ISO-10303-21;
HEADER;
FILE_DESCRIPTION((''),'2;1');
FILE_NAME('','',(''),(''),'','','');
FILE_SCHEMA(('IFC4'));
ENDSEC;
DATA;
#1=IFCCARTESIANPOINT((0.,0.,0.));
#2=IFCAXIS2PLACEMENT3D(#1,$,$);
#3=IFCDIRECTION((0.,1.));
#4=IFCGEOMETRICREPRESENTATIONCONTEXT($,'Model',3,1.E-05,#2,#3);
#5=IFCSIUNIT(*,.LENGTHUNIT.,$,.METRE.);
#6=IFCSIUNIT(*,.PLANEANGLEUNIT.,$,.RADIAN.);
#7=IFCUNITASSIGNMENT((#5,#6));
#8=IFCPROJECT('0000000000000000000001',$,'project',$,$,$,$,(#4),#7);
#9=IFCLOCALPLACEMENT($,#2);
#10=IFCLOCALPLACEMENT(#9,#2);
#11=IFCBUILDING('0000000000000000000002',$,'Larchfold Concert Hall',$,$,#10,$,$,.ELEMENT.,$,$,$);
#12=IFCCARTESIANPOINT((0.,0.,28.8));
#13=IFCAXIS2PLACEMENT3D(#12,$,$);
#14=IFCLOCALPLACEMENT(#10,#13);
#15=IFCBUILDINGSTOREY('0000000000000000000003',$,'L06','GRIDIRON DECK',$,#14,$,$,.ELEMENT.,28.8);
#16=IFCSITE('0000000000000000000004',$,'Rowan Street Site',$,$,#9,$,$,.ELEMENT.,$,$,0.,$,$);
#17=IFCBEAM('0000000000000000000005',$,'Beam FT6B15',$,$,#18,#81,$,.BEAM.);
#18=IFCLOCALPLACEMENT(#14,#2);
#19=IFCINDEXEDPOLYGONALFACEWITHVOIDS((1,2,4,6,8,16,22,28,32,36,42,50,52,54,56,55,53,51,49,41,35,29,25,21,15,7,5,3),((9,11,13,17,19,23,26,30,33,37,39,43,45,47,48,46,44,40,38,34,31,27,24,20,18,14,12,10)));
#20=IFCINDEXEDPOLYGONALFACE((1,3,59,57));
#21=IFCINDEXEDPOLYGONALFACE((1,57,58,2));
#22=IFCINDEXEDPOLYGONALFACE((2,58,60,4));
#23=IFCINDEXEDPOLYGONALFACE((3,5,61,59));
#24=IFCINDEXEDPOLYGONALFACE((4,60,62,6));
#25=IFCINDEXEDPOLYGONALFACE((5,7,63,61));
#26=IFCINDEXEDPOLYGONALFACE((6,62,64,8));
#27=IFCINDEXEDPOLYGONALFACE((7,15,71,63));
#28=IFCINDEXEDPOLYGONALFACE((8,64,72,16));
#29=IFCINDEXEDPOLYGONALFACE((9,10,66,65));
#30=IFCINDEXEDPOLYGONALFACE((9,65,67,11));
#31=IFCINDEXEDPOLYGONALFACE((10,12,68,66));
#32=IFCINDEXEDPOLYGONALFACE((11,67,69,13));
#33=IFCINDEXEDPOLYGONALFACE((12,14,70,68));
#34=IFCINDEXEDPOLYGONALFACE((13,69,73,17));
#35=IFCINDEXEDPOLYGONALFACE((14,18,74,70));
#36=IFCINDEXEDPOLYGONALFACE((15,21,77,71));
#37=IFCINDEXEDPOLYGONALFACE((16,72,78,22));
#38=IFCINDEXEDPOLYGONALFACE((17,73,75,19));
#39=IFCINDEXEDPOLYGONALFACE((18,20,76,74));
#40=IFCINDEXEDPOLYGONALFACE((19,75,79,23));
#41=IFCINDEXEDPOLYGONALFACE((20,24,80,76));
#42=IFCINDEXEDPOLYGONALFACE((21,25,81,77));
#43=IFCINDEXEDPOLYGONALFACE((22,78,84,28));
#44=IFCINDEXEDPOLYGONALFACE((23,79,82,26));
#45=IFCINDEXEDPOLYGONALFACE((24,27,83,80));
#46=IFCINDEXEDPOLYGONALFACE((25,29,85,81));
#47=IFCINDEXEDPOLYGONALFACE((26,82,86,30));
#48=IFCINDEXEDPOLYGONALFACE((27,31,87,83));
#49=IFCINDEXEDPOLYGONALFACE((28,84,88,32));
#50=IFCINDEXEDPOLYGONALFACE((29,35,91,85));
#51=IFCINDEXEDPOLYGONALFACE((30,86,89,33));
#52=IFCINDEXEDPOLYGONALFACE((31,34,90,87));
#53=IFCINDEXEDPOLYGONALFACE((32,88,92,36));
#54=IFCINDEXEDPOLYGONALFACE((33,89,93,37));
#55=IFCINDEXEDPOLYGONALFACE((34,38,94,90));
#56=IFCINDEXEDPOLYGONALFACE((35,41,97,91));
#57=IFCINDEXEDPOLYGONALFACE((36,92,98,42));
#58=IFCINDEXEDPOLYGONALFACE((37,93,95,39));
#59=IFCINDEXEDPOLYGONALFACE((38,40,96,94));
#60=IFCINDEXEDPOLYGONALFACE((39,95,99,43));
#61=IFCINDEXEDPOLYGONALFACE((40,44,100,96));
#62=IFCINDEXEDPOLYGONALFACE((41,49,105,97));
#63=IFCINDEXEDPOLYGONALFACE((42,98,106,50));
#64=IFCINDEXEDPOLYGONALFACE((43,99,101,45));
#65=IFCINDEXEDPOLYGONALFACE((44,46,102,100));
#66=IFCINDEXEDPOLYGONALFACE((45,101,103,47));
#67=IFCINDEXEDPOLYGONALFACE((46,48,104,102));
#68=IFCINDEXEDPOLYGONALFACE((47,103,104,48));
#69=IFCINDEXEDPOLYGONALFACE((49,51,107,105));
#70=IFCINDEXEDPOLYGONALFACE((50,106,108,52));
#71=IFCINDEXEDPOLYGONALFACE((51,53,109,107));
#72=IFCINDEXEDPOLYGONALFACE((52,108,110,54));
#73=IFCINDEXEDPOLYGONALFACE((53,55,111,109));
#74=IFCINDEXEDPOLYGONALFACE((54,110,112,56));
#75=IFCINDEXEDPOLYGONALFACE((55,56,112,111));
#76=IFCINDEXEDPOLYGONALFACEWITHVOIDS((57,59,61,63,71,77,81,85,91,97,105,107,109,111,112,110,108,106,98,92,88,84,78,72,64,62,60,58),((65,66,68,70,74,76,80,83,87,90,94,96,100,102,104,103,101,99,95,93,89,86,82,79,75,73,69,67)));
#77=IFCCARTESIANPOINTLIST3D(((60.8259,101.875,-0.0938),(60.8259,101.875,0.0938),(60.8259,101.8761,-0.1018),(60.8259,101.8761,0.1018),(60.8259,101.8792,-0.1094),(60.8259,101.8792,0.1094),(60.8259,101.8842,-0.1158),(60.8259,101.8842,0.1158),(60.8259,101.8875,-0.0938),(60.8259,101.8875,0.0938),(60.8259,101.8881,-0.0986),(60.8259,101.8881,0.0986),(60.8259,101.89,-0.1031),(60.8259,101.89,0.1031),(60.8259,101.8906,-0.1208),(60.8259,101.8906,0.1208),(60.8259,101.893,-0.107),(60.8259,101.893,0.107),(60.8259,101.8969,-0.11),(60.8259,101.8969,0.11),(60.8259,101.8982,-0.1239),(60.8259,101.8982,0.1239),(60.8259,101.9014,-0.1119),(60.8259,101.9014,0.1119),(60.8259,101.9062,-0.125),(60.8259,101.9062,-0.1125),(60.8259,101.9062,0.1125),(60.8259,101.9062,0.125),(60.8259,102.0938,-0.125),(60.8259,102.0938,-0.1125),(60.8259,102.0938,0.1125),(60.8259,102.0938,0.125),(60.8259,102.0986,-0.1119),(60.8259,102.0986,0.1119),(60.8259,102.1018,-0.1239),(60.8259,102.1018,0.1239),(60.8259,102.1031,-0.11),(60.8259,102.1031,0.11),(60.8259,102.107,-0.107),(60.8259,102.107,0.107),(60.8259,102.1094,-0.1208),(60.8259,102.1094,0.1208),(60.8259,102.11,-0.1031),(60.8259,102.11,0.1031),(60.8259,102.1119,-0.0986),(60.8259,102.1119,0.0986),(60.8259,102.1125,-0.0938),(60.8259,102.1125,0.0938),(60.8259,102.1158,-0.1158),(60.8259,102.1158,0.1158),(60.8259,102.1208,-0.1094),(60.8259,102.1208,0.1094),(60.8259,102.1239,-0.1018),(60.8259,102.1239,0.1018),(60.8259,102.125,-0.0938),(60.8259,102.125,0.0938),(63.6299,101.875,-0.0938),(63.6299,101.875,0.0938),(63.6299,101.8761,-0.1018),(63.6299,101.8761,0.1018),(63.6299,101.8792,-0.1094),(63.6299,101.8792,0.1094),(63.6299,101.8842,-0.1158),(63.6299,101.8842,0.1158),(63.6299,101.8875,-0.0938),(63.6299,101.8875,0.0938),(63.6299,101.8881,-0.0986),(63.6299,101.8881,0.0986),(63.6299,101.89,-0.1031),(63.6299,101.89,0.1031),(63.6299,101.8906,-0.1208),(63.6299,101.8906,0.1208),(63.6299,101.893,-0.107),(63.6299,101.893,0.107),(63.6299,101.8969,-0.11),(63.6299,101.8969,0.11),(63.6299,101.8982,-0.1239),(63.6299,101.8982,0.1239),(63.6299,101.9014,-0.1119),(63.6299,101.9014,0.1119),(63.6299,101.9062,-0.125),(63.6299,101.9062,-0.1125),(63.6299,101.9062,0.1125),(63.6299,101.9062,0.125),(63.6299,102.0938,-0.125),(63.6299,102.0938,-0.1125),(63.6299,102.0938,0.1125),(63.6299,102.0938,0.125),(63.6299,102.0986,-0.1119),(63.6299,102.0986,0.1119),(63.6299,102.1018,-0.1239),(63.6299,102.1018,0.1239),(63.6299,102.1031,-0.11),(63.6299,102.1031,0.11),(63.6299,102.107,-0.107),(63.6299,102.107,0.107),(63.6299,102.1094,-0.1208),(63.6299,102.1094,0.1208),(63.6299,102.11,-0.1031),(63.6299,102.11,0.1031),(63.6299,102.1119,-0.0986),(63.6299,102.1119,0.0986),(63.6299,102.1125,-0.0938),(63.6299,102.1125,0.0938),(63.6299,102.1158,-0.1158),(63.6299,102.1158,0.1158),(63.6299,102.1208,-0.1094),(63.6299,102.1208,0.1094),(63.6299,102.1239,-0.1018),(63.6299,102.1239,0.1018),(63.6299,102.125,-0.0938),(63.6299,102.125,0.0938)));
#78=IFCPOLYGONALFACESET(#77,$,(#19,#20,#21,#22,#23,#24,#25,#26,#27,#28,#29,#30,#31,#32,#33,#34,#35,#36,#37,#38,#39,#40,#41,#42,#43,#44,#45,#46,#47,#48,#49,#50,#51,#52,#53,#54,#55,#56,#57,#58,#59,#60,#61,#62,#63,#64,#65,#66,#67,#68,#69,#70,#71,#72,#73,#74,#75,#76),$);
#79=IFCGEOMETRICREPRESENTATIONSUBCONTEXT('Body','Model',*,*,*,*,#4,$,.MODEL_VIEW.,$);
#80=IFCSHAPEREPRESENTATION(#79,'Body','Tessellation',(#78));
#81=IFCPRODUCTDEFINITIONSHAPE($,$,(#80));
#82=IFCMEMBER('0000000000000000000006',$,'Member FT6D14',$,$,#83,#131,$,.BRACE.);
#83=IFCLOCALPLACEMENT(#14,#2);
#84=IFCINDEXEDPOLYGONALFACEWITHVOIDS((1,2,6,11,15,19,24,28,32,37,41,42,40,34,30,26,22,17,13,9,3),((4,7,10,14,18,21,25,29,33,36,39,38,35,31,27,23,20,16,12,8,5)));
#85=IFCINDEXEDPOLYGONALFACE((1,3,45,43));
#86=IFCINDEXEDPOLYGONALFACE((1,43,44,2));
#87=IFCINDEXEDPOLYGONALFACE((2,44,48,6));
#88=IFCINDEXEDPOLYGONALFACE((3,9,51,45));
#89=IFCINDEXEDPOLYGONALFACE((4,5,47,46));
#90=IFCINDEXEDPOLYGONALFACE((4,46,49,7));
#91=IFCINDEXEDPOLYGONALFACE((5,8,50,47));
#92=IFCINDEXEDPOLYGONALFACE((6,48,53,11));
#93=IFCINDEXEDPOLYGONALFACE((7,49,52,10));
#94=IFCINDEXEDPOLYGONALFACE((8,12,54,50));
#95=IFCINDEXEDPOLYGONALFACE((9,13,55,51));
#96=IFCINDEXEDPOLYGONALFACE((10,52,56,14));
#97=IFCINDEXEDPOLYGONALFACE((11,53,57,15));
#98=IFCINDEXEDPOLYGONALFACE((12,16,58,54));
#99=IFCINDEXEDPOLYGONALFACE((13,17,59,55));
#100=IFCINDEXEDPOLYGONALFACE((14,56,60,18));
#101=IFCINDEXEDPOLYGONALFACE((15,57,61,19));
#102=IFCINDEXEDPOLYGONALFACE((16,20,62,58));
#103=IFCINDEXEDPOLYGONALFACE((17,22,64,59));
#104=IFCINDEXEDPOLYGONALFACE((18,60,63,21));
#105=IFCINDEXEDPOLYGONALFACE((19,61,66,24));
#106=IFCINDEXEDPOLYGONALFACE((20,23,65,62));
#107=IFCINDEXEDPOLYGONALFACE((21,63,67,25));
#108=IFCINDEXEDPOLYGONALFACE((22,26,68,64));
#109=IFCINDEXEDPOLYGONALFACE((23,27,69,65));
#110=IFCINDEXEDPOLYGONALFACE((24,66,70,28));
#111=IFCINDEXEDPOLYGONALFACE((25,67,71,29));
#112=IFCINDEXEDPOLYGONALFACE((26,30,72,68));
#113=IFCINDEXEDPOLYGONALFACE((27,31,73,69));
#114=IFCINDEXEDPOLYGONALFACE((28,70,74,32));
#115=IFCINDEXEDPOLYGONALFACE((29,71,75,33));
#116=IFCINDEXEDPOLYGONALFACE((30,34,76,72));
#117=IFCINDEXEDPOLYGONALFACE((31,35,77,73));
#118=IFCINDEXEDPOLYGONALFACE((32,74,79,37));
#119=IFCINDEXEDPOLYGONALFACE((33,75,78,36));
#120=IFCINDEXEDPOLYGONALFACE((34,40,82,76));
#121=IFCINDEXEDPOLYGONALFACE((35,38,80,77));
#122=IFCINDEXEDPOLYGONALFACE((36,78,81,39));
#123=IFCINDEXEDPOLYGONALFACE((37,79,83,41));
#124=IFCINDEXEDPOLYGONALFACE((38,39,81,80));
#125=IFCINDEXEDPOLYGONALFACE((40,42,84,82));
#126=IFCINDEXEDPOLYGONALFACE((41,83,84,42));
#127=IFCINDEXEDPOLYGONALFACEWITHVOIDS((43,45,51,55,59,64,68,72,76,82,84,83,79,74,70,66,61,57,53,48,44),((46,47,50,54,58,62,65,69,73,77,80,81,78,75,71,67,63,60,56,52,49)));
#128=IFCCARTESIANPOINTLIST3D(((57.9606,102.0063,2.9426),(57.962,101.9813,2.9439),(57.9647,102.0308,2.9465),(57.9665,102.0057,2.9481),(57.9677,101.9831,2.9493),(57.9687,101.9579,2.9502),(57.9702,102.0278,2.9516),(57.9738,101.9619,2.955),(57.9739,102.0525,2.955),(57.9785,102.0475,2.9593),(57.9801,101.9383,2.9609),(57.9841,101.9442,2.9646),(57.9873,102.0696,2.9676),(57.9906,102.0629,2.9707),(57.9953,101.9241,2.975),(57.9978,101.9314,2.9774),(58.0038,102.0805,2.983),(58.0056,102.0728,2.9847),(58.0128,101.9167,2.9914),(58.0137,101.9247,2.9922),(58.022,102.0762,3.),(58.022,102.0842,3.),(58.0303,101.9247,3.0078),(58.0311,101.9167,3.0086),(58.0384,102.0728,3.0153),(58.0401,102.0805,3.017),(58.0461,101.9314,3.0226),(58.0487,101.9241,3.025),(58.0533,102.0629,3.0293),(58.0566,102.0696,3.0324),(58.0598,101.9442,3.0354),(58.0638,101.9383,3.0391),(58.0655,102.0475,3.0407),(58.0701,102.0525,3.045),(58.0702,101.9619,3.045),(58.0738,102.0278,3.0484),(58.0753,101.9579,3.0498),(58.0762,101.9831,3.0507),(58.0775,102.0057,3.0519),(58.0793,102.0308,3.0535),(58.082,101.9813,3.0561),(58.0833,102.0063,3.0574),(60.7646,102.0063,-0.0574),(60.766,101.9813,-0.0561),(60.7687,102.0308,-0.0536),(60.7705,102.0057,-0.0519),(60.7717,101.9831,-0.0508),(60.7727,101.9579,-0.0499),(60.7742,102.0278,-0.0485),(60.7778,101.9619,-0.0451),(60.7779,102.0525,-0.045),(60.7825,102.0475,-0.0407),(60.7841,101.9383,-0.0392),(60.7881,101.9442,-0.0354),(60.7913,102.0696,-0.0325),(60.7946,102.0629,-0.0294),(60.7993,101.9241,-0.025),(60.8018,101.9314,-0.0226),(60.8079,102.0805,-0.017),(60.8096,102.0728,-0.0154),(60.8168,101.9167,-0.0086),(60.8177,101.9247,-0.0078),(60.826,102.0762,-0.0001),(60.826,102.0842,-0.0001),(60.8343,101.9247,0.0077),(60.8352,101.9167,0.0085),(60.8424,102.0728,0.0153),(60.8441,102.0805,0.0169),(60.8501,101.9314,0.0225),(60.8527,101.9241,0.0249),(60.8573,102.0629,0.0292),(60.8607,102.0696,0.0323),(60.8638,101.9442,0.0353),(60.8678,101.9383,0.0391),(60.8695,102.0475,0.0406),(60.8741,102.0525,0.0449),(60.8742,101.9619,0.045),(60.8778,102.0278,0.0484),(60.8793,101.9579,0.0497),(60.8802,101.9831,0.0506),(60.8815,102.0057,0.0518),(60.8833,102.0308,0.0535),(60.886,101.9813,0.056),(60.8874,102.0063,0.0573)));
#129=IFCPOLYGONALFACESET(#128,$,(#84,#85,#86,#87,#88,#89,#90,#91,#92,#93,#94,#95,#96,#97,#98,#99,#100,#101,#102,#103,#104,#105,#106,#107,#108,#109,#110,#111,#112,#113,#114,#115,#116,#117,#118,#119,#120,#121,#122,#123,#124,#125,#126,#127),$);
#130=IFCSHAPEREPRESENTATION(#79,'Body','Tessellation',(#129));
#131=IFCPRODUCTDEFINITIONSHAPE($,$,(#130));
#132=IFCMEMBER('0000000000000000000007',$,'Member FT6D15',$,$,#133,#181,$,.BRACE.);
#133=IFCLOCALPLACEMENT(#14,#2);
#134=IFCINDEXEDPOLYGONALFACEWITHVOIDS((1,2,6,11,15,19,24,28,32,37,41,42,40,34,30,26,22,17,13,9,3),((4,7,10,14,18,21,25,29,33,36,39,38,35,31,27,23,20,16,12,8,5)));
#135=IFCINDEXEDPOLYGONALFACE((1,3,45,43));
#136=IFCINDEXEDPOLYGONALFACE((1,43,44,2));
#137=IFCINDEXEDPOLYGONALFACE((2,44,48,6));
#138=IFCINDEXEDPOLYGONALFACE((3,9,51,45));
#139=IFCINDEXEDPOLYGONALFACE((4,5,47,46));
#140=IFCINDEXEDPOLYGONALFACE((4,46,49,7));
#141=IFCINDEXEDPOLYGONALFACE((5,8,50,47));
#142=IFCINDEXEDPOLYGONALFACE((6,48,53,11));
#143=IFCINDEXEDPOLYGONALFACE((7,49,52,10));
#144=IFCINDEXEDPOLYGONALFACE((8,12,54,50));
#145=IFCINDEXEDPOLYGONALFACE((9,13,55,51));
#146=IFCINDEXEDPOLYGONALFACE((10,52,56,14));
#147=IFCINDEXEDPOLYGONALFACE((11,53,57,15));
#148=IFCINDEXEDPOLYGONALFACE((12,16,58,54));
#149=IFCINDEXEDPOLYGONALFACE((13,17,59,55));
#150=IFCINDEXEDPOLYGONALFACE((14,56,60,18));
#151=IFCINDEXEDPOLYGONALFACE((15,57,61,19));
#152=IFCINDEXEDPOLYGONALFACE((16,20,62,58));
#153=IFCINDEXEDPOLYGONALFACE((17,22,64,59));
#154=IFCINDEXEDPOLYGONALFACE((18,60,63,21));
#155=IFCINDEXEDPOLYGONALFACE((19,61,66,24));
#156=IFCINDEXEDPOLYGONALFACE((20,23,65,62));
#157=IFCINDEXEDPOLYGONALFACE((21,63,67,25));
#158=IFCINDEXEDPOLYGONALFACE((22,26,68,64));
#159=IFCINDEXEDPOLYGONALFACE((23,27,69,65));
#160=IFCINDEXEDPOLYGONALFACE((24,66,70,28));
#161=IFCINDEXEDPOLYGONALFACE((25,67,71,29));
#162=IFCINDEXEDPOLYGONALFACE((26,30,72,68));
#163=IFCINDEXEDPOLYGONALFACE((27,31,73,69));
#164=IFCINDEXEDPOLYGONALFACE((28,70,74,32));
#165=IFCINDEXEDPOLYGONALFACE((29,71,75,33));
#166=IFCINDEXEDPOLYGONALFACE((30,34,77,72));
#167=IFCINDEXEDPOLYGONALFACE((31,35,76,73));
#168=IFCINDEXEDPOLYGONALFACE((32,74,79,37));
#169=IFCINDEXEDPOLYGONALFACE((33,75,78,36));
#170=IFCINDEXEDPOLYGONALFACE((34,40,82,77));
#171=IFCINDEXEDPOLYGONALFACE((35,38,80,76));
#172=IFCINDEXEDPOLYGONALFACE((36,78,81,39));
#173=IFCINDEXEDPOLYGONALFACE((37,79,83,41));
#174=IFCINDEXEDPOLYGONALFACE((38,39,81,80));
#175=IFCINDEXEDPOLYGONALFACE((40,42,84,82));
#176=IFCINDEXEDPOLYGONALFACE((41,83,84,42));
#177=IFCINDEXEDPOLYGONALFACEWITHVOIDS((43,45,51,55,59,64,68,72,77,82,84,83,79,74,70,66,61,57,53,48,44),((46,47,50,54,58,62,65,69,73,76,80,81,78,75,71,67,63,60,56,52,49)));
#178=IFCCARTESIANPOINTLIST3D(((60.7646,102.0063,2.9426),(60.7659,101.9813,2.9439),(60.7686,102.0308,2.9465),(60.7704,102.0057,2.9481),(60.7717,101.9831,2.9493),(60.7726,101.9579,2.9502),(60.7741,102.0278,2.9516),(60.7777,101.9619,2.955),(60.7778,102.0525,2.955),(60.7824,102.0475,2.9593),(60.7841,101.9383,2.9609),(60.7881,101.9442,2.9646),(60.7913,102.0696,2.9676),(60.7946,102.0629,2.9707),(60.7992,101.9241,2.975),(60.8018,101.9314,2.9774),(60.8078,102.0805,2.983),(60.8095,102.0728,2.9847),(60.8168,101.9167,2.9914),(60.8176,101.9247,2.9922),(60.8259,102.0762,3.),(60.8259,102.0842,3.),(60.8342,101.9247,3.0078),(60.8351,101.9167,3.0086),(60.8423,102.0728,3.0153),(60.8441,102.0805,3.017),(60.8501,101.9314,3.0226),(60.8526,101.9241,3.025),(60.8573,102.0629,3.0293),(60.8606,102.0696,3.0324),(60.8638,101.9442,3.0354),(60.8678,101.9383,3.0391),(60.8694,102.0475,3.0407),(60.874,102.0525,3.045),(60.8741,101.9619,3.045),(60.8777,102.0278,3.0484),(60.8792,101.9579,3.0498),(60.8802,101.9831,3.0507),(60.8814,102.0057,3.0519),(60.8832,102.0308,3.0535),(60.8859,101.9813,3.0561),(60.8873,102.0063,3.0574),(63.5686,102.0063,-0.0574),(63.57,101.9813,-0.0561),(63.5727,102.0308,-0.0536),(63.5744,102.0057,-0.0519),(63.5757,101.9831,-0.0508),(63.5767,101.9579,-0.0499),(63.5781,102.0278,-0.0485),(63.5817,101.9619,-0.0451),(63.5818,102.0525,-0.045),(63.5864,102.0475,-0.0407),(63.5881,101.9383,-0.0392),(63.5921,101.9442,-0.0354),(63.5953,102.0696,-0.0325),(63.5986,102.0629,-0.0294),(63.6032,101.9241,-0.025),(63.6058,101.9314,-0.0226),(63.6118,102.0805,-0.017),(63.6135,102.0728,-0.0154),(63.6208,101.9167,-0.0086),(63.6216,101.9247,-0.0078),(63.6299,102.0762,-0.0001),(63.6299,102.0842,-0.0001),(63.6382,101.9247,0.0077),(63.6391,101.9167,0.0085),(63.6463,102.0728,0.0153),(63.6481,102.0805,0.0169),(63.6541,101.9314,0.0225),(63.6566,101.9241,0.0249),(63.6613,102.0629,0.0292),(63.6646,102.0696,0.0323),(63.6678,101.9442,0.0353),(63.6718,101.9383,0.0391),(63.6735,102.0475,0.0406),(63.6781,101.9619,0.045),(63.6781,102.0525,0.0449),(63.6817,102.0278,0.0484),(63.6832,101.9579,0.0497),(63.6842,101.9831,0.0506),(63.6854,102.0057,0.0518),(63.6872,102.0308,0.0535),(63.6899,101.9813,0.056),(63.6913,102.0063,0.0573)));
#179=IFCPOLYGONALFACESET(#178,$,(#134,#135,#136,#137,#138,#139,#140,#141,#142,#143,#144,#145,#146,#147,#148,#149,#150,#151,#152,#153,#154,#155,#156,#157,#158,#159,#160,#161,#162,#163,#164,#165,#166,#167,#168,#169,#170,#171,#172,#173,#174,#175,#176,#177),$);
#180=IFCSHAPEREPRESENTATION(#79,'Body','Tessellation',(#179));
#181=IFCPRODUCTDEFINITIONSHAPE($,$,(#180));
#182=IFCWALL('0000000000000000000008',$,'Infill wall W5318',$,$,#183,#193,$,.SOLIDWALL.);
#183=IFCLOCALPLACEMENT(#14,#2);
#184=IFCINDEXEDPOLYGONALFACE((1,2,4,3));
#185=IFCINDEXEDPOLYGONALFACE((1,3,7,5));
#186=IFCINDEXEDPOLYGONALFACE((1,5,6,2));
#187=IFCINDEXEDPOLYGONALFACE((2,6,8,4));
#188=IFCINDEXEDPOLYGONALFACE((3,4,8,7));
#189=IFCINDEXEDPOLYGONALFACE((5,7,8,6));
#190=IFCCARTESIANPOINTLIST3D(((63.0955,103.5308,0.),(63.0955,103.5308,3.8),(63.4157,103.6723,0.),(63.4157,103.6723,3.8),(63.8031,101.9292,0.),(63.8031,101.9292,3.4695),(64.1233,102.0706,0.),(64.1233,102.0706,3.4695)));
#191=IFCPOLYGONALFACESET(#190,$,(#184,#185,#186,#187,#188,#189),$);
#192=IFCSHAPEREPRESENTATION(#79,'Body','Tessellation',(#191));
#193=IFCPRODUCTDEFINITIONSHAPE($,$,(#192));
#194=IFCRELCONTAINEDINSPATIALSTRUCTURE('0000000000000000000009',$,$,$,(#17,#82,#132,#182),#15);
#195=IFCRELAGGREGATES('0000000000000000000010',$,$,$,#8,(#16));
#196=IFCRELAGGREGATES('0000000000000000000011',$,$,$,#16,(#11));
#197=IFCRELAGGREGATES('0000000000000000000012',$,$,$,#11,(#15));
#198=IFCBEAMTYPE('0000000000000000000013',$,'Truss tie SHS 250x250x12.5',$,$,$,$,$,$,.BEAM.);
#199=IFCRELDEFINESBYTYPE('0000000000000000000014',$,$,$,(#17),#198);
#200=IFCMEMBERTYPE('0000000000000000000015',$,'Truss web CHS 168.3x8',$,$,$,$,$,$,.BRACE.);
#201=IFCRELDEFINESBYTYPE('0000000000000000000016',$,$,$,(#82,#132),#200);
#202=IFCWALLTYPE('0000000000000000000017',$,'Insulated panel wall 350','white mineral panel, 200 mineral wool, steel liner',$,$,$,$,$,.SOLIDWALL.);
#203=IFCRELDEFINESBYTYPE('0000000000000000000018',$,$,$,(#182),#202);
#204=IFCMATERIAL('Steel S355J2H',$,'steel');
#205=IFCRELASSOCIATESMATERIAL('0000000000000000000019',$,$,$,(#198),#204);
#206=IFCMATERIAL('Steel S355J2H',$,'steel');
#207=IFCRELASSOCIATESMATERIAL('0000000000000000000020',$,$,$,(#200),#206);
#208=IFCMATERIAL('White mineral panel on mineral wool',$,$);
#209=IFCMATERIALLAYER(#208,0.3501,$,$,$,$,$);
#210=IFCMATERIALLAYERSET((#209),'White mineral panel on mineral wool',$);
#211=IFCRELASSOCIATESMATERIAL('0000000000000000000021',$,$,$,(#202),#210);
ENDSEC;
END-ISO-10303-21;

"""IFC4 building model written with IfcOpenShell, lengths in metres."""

from ifc_helpers import new_model, si_unit, direction, frame, origin, origin_2d, place, context, subcontext, project, spatial, polyline, hollow_rectangle, hollow_circle, outline, extrude, material, layer, layer_set, material_profile, profile_set, type_object, element, save


model = new_model("IFC4")

# Units and contexts
model_context = context("Model", 3, precision=1e-05, world=origin(), true_north=direction((0.0, 1.0)))
body_context = subcontext(model_context, "Body", "Model", "MODEL_VIEW")
ifc_project = project(units=[si_unit("LENGTHUNIT", "METRE"), si_unit("PLANEANGLEUNIT", "RADIAN")], contexts=[model_context])

# Site, building, storey
site_placement = place(None, origin())
site = spatial("IfcSite", under=ifc_project, at=site_placement, Name="Rowan Street Site", CompositionType="ELEMENT", RefElevation=0.0)
building_placement = place(site_placement, origin())
building = spatial("IfcBuilding", under=site, at=building_placement, Name="Larchfold Concert Hall", CompositionType="ELEMENT")
storey_placement = place(building_placement, frame((0.0, 0.0, 28.8)))
storey = spatial("IfcBuildingStorey", under=building, at=storey_placement, Name="L06", Description="GRIDIRON DECK", CompositionType="ELEMENT", Elevation=28.8)

# Beam
ifc_material_1 = material(Name="Steel S355J2H", Category="steel")
ifc_material_profile_1 = material_profile(ifc_material_1, hollow_rectangle(XDim=0.25, YDim=0.25, WallThickness=0.0125, InnerFilletRadius=0.0188, OuterFilletRadius=0.0312, at=origin_2d()))
ifc_profile_set_1 = profile_set([ifc_material_profile_1], Name="Steel S355J2H")
beam_type_1 = type_object("IfcBeamType", Name="Truss tie SHS 250x250x12.5", PredefinedType="BEAM", material=ifc_profile_set_1)
for number, where, z_axis, x_axis, name in (
    (1, (60.8259, 102.0, 0.0), (1.0, 0.0, 0.0), (0.0, 1.0, 0.0), "Beam FT6B15"),
):
    element("IfcBeam", number, at=place(storey_placement, frame(where, z_axis=z_axis, x_axis=x_axis)), inside=storey, type_object=beam_type_1, Name=name, PredefinedType="BEAM", context=body_context, shape_type="SweptSolid", body=[
        extrude(hollow_rectangle(XDim=0.25, YDim=0.25, WallThickness=0.0125, InnerFilletRadius=0.0188, OuterFilletRadius=0.0312, at=origin_2d()), origin(), (0.0, 0.0, 1.0), 2.804),
    ])

# Members
ifc_material_2 = material(Name="Steel S355J2H", Category="steel")
ifc_material_profile_2 = material_profile(ifc_material_2, hollow_circle(Radius=0.0842, WallThickness=0.0081, at=origin_2d()))
ifc_profile_set_2 = profile_set([ifc_material_profile_2], Name="Steel S355J2H")
member_type_1 = type_object("IfcMemberType", Name="Truss web CHS 168.3x8", PredefinedType="BRACE", material=ifc_profile_set_2)
for number, where, z_axis, x_axis, name in (
    (2, (58.022, 102.0, 3.0), (0.682833, 0.0, -0.730575), (0.0, 1.0, 0.0), "Member FT6D14"),
    (3, (60.8259, 102.0, 3.0), (0.682833, 0.0, -0.730575), (0.0, 1.0, 0.0), "Member FT6D15"),
):
    element("IfcMember", number, at=place(storey_placement, frame(where, z_axis=z_axis, x_axis=x_axis)), inside=storey, type_object=member_type_1, Name=name, PredefinedType="BRACE", context=body_context, shape_type="SweptSolid", body=[
        extrude(hollow_circle(Radius=0.0842, WallThickness=0.0081, at=origin_2d()), origin(), (0.0, 0.0, 1.0), 4.1064),
    ])

# Wall
ifc_material_3 = material(Name="White mineral panel on mineral wool")
ifc_layer_1 = layer(ifc_material_3, 0.3501)
ifc_layer_set_1 = layer_set([ifc_layer_1], Name="White mineral panel on mineral wool")
wall_type = type_object("IfcWallType", Name="Insulated panel wall 350", Description="white mineral panel, 200 mineral wool, steel liner", PredefinedType="SOLIDWALL", material=ifc_layer_set_1)
wall_1_placement = place(storey_placement, frame((63.2556, 103.6016, 0.0), z_axis=(0.0, 0.0, 1.0), x_axis=(0.404093, -0.914718, 0.0)))
element("IfcWall", 4, at=wall_1_placement, inside=storey, type_object=wall_type, Name="Infill wall W5318", PredefinedType="SOLIDWALL", context=body_context, shape_type="SweptSolid", body=[
    extrude(outline(polyline([(0.0, 0.0), (1.751, 0.0), (1.751, 3.4695), (0.0, 3.8), (0.0, 0.0)])), frame((0.0, 0.175, 0.0), z_axis=(0.0, -1.0, 0.0), x_axis=(1.0, 0.0, 0.0)), (0.0, 0.0, 1.0), 0.3501),
])

save(model, "model.ifc")
